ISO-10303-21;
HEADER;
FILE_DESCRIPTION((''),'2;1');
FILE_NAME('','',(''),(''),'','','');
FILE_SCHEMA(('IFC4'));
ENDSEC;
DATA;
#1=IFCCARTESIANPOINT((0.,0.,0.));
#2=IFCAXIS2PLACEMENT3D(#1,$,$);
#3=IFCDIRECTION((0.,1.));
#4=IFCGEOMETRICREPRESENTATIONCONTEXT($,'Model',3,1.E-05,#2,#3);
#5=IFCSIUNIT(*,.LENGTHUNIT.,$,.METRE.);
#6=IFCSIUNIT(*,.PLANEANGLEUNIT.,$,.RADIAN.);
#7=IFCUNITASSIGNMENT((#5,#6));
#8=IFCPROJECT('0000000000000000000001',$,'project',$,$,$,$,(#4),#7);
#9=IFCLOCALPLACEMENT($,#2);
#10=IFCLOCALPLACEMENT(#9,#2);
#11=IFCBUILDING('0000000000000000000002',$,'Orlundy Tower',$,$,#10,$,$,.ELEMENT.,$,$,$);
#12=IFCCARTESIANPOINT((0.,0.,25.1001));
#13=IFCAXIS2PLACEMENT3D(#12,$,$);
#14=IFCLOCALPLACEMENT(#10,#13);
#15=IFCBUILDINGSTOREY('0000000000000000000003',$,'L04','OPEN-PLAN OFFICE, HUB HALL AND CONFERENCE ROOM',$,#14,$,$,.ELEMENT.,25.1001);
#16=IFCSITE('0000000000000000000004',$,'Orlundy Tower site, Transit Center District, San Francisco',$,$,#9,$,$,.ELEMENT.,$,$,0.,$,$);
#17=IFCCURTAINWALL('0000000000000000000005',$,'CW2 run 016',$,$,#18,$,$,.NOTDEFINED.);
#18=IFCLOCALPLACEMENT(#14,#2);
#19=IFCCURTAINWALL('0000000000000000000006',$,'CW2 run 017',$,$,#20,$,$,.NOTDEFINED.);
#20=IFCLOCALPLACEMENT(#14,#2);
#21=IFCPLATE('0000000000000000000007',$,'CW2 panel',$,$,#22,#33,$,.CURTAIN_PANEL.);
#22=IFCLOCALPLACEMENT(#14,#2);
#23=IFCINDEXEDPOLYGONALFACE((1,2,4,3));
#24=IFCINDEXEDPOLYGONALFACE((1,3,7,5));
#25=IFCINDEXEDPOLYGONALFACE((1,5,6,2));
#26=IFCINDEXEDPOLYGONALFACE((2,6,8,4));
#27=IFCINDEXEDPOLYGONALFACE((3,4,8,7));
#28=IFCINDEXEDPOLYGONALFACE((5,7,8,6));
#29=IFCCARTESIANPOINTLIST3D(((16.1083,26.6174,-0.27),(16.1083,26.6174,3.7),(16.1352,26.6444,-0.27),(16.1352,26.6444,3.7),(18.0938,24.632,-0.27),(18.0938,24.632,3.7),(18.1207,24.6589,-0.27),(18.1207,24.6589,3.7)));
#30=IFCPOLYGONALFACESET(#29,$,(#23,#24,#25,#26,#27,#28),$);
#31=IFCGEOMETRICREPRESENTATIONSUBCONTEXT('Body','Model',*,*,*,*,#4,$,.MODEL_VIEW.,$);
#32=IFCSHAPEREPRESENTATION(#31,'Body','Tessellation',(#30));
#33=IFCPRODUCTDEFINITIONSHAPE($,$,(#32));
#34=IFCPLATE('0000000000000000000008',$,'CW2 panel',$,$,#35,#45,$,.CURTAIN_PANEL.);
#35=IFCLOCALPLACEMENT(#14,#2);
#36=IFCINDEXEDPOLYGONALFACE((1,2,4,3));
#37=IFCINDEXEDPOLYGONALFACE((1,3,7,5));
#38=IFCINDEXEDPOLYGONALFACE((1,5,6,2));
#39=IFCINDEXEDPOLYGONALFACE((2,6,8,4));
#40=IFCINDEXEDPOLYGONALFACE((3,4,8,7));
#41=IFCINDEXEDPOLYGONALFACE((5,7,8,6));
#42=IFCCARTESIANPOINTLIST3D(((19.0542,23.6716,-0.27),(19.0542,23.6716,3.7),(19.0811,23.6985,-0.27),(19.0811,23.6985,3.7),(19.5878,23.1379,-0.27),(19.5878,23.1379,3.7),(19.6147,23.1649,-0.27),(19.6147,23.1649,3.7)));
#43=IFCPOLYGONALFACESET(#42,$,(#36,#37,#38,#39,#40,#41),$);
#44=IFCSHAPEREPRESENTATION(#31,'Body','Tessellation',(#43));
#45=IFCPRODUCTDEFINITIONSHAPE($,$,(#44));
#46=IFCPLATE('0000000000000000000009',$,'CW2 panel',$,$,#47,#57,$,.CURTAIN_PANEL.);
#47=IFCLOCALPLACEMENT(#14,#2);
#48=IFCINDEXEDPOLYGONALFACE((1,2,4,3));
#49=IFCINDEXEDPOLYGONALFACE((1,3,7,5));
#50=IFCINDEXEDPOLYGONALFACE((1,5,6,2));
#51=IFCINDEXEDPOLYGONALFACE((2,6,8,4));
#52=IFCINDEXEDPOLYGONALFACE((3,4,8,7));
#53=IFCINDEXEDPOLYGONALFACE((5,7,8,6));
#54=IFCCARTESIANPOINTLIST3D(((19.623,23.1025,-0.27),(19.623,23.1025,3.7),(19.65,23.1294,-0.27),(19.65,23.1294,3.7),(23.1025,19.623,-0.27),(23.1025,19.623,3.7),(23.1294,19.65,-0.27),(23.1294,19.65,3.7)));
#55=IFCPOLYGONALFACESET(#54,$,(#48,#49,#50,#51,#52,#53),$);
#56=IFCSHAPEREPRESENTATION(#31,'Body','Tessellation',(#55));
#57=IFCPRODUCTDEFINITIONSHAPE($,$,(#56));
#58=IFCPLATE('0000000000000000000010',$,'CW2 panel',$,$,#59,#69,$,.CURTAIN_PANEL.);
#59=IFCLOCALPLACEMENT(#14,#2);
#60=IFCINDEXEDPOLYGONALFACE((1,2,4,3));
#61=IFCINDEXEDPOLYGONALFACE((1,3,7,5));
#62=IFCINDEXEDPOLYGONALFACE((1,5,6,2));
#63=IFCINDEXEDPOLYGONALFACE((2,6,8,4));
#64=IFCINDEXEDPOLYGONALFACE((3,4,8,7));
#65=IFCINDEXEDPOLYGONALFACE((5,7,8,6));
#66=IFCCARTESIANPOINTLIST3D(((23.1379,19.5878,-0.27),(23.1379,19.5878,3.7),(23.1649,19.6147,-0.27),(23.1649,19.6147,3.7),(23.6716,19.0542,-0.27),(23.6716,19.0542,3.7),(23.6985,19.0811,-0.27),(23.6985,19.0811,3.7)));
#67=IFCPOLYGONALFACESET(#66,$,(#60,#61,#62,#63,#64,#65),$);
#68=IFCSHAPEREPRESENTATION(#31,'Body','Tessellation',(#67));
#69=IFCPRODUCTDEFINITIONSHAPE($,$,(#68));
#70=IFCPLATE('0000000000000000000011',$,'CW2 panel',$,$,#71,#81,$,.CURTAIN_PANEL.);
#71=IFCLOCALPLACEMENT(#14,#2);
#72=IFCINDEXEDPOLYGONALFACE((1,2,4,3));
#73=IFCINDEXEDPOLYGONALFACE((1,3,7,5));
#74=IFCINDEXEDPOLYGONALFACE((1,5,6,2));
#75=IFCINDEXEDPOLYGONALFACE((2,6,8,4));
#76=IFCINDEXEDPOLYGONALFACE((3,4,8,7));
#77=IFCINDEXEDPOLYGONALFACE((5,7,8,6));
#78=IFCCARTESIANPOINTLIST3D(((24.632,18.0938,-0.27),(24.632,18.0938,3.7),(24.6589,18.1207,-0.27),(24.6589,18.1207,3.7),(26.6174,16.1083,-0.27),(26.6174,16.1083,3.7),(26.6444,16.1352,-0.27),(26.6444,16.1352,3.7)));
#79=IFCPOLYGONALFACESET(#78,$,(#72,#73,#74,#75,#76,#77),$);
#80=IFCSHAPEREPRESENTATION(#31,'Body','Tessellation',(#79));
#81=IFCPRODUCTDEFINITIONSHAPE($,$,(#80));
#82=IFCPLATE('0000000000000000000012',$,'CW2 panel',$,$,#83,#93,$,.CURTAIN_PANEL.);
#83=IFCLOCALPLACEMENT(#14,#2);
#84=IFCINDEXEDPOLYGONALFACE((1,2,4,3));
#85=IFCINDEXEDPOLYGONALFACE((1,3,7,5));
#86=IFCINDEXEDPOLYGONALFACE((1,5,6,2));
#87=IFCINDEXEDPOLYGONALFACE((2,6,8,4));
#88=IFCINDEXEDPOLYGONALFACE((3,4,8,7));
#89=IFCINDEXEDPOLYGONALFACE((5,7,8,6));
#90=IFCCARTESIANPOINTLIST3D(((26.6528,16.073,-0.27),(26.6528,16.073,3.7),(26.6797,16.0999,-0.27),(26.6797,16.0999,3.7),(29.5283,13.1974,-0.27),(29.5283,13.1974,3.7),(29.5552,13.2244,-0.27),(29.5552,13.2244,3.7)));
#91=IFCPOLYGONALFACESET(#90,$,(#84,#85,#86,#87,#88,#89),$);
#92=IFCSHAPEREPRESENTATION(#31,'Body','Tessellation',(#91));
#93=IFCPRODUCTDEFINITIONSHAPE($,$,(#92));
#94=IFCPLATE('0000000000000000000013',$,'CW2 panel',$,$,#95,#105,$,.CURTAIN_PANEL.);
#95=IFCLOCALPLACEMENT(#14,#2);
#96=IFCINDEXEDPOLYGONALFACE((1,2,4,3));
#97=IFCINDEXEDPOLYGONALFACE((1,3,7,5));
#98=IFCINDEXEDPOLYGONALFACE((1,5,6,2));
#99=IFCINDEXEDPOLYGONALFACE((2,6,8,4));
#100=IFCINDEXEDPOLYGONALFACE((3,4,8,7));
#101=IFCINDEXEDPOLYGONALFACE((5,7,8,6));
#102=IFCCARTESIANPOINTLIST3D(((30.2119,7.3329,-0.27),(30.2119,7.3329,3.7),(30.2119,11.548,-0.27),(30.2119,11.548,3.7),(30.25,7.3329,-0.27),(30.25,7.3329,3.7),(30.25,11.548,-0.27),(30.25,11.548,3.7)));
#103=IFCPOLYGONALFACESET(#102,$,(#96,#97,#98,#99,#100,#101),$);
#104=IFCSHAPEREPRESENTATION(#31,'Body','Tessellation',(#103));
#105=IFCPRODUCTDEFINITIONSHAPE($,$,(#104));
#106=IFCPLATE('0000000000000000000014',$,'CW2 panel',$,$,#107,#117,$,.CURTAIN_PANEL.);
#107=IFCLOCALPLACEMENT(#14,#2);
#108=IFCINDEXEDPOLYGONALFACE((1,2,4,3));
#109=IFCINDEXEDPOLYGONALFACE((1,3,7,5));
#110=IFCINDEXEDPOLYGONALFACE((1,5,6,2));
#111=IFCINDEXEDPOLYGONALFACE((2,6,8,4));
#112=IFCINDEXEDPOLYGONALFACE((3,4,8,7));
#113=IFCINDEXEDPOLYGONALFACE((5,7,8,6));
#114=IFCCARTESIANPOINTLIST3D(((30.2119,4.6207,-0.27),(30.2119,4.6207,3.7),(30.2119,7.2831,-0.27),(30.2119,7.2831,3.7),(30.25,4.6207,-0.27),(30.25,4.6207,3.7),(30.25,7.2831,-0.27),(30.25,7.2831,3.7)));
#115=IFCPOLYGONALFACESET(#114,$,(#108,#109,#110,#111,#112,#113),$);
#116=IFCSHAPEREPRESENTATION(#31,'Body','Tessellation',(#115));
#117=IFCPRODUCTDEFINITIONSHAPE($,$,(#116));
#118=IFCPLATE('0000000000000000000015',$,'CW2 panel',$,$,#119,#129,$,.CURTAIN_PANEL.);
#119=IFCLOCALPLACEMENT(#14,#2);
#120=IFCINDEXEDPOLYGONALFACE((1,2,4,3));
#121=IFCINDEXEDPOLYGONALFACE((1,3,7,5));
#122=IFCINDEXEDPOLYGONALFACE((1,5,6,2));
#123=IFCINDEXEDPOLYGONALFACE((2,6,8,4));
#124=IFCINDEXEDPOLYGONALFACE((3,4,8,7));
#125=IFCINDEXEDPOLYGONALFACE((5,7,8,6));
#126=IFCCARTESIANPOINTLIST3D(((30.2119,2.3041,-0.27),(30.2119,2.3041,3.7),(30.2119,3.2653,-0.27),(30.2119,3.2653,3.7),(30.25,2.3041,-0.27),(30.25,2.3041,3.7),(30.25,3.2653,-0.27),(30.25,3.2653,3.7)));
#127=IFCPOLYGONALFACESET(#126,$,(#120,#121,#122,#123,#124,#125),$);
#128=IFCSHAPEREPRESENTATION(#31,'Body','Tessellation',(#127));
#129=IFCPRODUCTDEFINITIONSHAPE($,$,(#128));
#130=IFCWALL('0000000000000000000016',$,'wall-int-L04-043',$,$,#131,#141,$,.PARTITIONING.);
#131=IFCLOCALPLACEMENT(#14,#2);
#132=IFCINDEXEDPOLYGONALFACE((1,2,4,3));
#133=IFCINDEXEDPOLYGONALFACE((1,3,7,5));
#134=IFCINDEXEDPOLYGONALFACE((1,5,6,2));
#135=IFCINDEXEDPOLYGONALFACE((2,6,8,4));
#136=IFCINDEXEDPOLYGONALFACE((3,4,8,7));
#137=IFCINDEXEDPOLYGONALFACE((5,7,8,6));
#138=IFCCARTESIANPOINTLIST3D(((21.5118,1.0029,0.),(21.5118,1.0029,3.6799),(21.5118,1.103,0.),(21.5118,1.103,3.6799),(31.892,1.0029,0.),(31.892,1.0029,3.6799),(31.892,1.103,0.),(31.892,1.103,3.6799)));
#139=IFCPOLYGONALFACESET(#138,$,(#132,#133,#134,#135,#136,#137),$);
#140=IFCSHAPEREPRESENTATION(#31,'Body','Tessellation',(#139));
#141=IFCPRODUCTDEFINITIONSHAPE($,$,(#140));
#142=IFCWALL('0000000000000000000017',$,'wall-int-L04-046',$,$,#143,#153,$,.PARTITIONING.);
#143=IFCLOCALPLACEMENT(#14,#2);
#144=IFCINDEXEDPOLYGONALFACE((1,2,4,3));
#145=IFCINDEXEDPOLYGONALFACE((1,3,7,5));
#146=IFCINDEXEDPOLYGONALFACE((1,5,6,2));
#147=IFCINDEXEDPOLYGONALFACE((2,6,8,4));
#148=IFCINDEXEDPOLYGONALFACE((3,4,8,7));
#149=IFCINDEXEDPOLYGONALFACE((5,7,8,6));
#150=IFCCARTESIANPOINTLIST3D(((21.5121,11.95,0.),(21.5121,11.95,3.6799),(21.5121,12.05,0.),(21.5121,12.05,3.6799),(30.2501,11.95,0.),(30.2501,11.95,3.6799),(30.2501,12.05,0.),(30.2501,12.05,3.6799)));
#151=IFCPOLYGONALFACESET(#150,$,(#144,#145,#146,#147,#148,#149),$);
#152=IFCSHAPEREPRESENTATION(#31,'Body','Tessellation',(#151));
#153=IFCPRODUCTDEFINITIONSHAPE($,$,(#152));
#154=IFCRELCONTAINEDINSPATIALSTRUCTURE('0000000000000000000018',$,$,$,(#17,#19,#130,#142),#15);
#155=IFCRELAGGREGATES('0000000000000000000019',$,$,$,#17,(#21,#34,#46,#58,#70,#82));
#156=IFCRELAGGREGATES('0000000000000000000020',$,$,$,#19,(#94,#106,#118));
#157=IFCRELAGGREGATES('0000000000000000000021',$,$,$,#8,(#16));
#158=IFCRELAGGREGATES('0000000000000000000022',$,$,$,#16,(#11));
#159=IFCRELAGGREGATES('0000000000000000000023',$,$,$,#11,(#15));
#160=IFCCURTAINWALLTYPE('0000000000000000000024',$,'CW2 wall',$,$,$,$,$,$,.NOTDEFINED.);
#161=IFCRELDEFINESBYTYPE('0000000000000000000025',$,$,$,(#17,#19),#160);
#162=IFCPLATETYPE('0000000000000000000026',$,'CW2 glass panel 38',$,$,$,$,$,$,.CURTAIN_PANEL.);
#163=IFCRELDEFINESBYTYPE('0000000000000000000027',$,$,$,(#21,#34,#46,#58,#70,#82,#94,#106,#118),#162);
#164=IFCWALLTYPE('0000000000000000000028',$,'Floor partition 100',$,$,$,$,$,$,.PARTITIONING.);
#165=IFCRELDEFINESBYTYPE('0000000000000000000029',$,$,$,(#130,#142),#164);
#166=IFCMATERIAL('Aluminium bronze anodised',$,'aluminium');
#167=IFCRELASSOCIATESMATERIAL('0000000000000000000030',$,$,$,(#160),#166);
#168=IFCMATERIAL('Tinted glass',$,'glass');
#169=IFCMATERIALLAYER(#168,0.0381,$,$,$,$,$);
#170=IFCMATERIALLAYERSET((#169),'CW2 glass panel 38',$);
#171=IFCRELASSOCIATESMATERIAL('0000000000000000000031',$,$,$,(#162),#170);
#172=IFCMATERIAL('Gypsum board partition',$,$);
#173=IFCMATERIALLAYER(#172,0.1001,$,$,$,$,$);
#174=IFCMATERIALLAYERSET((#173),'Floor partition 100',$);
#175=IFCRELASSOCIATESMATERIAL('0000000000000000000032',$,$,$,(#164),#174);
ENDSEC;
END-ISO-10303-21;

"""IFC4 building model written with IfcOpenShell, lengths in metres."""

from ifc_helpers import new_model, si_unit, direction, frame, frame_2d, origin, origin_2d, place, context, subcontext, project, spatial, rectangle, extrude, material, layer, layer_set, type_object, element, aggregate, save


model = new_model("IFC4")

# Units and contexts
model_context = context("Model", 3, precision=1e-05, world=origin(), true_north=direction((0.0, 1.0)))
body_context = subcontext(model_context, "Body", "Model", "MODEL_VIEW")
ifc_project = project(units=[si_unit("LENGTHUNIT", "METRE"), si_unit("PLANEANGLEUNIT", "RADIAN")], contexts=[model_context])

# Site, building, storey
site_placement = place(None, origin())
site = spatial("IfcSite", under=ifc_project, at=site_placement, Name="Orlundy Tower site, Transit Center District, San Francisco", CompositionType="ELEMENT", RefElevation=0.0)
building_placement = place(site_placement, origin())
building = spatial("IfcBuilding", under=site, at=building_placement, Name="Orlundy Tower", CompositionType="ELEMENT")
storey_placement = place(building_placement, frame((0.0, 0.0, 25.1001)))
storey = spatial("IfcBuildingStorey", under=building, at=storey_placement, Name="L04", Description="OPEN-PLAN OFFICE, HUB HALL AND CONFERENCE ROOM", CompositionType="ELEMENT", Elevation=25.1001)

# Shared definitions
ifc_material_1 = material(Name="Aluminium bronze anodised", Category="aluminium")
curtain_wall_type = type_object("IfcCurtainWallType", Name="CW2 wall", PredefinedType="NOTDEFINED", material=ifc_material_1)

# Curtain wall
curtain_wall_1_placement = place(storey_placement, origin())
curtain_wall_1 = element("IfcCurtainWall", 1, at=curtain_wall_1_placement, inside=storey, type_object=curtain_wall_type, Name="CW2 run 016", PredefinedType="NOTDEFINED")

# Curtain wall
curtain_wall_2_placement = place(storey_placement, origin())
curtain_wall_2 = element("IfcCurtainWall", 2, at=curtain_wall_2_placement, inside=storey, type_object=curtain_wall_type, Name="CW2 run 017", PredefinedType="NOTDEFINED")

# Plates
ifc_material_2 = material(Name="Tinted glass", Category="glass")
ifc_layer_1 = layer(ifc_material_2, 0.0381)
ifc_layer_set_1 = layer_set([ifc_layer_1], Name="CW2 glass panel 38")
plate_type = type_object("IfcPlateType", Name="CW2 glass panel 38", PredefinedType="CURTAIN_PANEL", material=ifc_layer_set_1)
plate_1_placement = place(storey_placement, frame((17.1145, 25.6382, -0.27), z_axis=(0.0, 0.0, 1.0), x_axis=(0.707107, -0.707107, 0.0)))
plate_1 = element("IfcPlate", 3, at=plate_1_placement, type_object=plate_type, Name="CW2 panel", PredefinedType="CURTAIN_PANEL", context=body_context, shape_type="SweptSolid", body=[
    extrude(rectangle(XDim=2.8079, YDim=0.0381, at=origin_2d()), origin(), (0.0, 0.0, 1.0), 3.97),
])
plate_2_placement = place(storey_placement, frame((19.3345, 23.4182, -0.27), z_axis=(0.0, 0.0, 1.0), x_axis=(0.707107, -0.707107, 0.0)))
plate_2 = element("IfcPlate", 4, at=plate_2_placement, type_object=plate_type, Name="CW2 panel", PredefinedType="CURTAIN_PANEL", context=body_context, shape_type="SweptSolid", body=[
    extrude(rectangle(XDim=0.7546, YDim=0.0381, at=origin_2d()), origin(), (0.0, 0.0, 1.0), 3.97),
])
plate_3_placement = place(storey_placement, frame((21.3762, 21.3762, -0.27), z_axis=(0.0, 0.0, 1.0), x_axis=(0.707107, -0.707107, 0.0)))
plate_3 = element("IfcPlate", 5, at=plate_3_placement, type_object=plate_type, Name="CW2 panel", PredefinedType="CURTAIN_PANEL", context=body_context, shape_type="SweptSolid", body=[
    extrude(rectangle(XDim=4.9207, YDim=0.0381, at=origin_2d()), origin(), (0.0, 0.0, 1.0), 3.97),
])
plate_4_placement = place(storey_placement, frame((23.4182, 19.3345, -0.27), z_axis=(0.0, 0.0, 1.0), x_axis=(0.707107, -0.707107, 0.0)))
plate_4 = element("IfcPlate", 6, at=plate_4_placement, type_object=plate_type, Name="CW2 panel", PredefinedType="CURTAIN_PANEL", context=body_context, shape_type="SweptSolid", body=[
    extrude(rectangle(XDim=0.7546, YDim=0.0381, at=origin_2d()), origin(), (0.0, 0.0, 1.0), 3.97),
])
plate_5_placement = place(storey_placement, frame((25.6382, 17.1145, -0.27), z_axis=(0.0, 0.0, 1.0), x_axis=(0.707107, -0.707107, 0.0)))
plate_5 = element("IfcPlate", 7, at=plate_5_placement, type_object=plate_type, Name="CW2 panel", PredefinedType="CURTAIN_PANEL", context=body_context, shape_type="SweptSolid", body=[
    extrude(rectangle(XDim=2.8079, YDim=0.0381, at=origin_2d()), origin(), (0.0, 0.0, 1.0), 3.97),
])
plate_6_placement = place(storey_placement, frame((28.104, 14.6487, -0.27), z_axis=(0.0, 0.0, 1.0), x_axis=(0.707107, -0.707107, 0.0)))
plate_6 = element("IfcPlate", 8, at=plate_6_placement, type_object=plate_type, Name="CW2 panel", PredefinedType="CURTAIN_PANEL", context=body_context, shape_type="SweptSolid", body=[
    extrude(rectangle(XDim=4.0667, YDim=0.0381, at=origin_2d()), origin(), (0.0, 0.0, 1.0), 3.97),
])
aggregate(curtain_wall_1, [plate_1, plate_2, plate_3, plate_4, plate_5, plate_6])
plate_7_placement = place(storey_placement, frame((30.231, 9.4404, -0.27), z_axis=(0.0, 0.0, 1.0), x_axis=(0.0, -1.0, 0.0)))
plate_7 = element("IfcPlate", 9, at=plate_7_placement, type_object=plate_type, Name="CW2 panel", PredefinedType="CURTAIN_PANEL", context=body_context, shape_type="SweptSolid", body=[
    extrude(rectangle(XDim=4.2151, YDim=0.0381, at=origin_2d()), origin(), (0.0, 0.0, 1.0), 3.97),
])
plate_8_placement = place(storey_placement, frame((30.231, 5.9519, -0.27), z_axis=(0.0, 0.0, 1.0), x_axis=(0.0, -1.0, 0.0)))
plate_8 = element("IfcPlate", 10, at=plate_8_placement, type_object=plate_type, Name="CW2 panel", PredefinedType="CURTAIN_PANEL", context=body_context, shape_type="SweptSolid", body=[
    extrude(rectangle(XDim=2.6624, YDim=0.0381, at=origin_2d()), origin(), (0.0, 0.0, 1.0), 3.97),
])
plate_9_placement = place(storey_placement, frame((30.231, 2.7847, -0.27), z_axis=(0.0, 0.0, 1.0), x_axis=(0.0, -1.0, 0.0)))
plate_9 = element("IfcPlate", 11, at=plate_9_placement, type_object=plate_type, Name="CW2 panel", PredefinedType="CURTAIN_PANEL", context=body_context, shape_type="SweptSolid", body=[
    extrude(rectangle(XDim=0.9612, YDim=0.0381, at=origin_2d()), origin(), (0.0, 0.0, 1.0), 3.97),
])
aggregate(curtain_wall_2, [plate_7, plate_8, plate_9])

# Walls
ifc_material_3 = material(Name="Gypsum board partition")
ifc_layer_2 = layer(ifc_material_3, 0.1001)
ifc_layer_set_2 = layer_set([ifc_layer_2], Name="Floor partition 100")
wall_type_1 = type_object("IfcWallType", Name="Floor partition 100", PredefinedType="PARTITIONING", material=ifc_layer_set_2)
wall_1_placement = place(storey_placement, frame((21.512, 1.053, 0.0), z_axis=(0.0, 0.0, 1.0), x_axis=(1.0, 0.0, 0.0)))
element("IfcWall", 12, at=wall_1_placement, inside=storey, type_object=wall_type_1, Name="wall-int-L04-043", PredefinedType="PARTITIONING", context=body_context, shape_type="SweptSolid", body=[
    extrude(rectangle(XDim=10.3801, YDim=0.1001, at=frame_2d((5.1899, 0.0))), origin(), (0.0, 0.0, 1.0), 3.6799),
])
wall_2_placement = place(storey_placement, frame((21.512, 12.0, 0.0), z_axis=(0.0, 0.0, 1.0), x_axis=(1.0, 0.0, 0.0)))
element("IfcWall", 13, at=wall_2_placement, inside=storey, type_object=wall_type_1, Name="wall-int-L04-046", PredefinedType="PARTITIONING", context=body_context, shape_type="SweptSolid", body=[
    extrude(rectangle(XDim=8.738, YDim=0.1001, at=frame_2d((4.3691, 0.0))), origin(), (0.0, 0.0, 1.0), 3.6799),
])

save(model, "model.ifc")
